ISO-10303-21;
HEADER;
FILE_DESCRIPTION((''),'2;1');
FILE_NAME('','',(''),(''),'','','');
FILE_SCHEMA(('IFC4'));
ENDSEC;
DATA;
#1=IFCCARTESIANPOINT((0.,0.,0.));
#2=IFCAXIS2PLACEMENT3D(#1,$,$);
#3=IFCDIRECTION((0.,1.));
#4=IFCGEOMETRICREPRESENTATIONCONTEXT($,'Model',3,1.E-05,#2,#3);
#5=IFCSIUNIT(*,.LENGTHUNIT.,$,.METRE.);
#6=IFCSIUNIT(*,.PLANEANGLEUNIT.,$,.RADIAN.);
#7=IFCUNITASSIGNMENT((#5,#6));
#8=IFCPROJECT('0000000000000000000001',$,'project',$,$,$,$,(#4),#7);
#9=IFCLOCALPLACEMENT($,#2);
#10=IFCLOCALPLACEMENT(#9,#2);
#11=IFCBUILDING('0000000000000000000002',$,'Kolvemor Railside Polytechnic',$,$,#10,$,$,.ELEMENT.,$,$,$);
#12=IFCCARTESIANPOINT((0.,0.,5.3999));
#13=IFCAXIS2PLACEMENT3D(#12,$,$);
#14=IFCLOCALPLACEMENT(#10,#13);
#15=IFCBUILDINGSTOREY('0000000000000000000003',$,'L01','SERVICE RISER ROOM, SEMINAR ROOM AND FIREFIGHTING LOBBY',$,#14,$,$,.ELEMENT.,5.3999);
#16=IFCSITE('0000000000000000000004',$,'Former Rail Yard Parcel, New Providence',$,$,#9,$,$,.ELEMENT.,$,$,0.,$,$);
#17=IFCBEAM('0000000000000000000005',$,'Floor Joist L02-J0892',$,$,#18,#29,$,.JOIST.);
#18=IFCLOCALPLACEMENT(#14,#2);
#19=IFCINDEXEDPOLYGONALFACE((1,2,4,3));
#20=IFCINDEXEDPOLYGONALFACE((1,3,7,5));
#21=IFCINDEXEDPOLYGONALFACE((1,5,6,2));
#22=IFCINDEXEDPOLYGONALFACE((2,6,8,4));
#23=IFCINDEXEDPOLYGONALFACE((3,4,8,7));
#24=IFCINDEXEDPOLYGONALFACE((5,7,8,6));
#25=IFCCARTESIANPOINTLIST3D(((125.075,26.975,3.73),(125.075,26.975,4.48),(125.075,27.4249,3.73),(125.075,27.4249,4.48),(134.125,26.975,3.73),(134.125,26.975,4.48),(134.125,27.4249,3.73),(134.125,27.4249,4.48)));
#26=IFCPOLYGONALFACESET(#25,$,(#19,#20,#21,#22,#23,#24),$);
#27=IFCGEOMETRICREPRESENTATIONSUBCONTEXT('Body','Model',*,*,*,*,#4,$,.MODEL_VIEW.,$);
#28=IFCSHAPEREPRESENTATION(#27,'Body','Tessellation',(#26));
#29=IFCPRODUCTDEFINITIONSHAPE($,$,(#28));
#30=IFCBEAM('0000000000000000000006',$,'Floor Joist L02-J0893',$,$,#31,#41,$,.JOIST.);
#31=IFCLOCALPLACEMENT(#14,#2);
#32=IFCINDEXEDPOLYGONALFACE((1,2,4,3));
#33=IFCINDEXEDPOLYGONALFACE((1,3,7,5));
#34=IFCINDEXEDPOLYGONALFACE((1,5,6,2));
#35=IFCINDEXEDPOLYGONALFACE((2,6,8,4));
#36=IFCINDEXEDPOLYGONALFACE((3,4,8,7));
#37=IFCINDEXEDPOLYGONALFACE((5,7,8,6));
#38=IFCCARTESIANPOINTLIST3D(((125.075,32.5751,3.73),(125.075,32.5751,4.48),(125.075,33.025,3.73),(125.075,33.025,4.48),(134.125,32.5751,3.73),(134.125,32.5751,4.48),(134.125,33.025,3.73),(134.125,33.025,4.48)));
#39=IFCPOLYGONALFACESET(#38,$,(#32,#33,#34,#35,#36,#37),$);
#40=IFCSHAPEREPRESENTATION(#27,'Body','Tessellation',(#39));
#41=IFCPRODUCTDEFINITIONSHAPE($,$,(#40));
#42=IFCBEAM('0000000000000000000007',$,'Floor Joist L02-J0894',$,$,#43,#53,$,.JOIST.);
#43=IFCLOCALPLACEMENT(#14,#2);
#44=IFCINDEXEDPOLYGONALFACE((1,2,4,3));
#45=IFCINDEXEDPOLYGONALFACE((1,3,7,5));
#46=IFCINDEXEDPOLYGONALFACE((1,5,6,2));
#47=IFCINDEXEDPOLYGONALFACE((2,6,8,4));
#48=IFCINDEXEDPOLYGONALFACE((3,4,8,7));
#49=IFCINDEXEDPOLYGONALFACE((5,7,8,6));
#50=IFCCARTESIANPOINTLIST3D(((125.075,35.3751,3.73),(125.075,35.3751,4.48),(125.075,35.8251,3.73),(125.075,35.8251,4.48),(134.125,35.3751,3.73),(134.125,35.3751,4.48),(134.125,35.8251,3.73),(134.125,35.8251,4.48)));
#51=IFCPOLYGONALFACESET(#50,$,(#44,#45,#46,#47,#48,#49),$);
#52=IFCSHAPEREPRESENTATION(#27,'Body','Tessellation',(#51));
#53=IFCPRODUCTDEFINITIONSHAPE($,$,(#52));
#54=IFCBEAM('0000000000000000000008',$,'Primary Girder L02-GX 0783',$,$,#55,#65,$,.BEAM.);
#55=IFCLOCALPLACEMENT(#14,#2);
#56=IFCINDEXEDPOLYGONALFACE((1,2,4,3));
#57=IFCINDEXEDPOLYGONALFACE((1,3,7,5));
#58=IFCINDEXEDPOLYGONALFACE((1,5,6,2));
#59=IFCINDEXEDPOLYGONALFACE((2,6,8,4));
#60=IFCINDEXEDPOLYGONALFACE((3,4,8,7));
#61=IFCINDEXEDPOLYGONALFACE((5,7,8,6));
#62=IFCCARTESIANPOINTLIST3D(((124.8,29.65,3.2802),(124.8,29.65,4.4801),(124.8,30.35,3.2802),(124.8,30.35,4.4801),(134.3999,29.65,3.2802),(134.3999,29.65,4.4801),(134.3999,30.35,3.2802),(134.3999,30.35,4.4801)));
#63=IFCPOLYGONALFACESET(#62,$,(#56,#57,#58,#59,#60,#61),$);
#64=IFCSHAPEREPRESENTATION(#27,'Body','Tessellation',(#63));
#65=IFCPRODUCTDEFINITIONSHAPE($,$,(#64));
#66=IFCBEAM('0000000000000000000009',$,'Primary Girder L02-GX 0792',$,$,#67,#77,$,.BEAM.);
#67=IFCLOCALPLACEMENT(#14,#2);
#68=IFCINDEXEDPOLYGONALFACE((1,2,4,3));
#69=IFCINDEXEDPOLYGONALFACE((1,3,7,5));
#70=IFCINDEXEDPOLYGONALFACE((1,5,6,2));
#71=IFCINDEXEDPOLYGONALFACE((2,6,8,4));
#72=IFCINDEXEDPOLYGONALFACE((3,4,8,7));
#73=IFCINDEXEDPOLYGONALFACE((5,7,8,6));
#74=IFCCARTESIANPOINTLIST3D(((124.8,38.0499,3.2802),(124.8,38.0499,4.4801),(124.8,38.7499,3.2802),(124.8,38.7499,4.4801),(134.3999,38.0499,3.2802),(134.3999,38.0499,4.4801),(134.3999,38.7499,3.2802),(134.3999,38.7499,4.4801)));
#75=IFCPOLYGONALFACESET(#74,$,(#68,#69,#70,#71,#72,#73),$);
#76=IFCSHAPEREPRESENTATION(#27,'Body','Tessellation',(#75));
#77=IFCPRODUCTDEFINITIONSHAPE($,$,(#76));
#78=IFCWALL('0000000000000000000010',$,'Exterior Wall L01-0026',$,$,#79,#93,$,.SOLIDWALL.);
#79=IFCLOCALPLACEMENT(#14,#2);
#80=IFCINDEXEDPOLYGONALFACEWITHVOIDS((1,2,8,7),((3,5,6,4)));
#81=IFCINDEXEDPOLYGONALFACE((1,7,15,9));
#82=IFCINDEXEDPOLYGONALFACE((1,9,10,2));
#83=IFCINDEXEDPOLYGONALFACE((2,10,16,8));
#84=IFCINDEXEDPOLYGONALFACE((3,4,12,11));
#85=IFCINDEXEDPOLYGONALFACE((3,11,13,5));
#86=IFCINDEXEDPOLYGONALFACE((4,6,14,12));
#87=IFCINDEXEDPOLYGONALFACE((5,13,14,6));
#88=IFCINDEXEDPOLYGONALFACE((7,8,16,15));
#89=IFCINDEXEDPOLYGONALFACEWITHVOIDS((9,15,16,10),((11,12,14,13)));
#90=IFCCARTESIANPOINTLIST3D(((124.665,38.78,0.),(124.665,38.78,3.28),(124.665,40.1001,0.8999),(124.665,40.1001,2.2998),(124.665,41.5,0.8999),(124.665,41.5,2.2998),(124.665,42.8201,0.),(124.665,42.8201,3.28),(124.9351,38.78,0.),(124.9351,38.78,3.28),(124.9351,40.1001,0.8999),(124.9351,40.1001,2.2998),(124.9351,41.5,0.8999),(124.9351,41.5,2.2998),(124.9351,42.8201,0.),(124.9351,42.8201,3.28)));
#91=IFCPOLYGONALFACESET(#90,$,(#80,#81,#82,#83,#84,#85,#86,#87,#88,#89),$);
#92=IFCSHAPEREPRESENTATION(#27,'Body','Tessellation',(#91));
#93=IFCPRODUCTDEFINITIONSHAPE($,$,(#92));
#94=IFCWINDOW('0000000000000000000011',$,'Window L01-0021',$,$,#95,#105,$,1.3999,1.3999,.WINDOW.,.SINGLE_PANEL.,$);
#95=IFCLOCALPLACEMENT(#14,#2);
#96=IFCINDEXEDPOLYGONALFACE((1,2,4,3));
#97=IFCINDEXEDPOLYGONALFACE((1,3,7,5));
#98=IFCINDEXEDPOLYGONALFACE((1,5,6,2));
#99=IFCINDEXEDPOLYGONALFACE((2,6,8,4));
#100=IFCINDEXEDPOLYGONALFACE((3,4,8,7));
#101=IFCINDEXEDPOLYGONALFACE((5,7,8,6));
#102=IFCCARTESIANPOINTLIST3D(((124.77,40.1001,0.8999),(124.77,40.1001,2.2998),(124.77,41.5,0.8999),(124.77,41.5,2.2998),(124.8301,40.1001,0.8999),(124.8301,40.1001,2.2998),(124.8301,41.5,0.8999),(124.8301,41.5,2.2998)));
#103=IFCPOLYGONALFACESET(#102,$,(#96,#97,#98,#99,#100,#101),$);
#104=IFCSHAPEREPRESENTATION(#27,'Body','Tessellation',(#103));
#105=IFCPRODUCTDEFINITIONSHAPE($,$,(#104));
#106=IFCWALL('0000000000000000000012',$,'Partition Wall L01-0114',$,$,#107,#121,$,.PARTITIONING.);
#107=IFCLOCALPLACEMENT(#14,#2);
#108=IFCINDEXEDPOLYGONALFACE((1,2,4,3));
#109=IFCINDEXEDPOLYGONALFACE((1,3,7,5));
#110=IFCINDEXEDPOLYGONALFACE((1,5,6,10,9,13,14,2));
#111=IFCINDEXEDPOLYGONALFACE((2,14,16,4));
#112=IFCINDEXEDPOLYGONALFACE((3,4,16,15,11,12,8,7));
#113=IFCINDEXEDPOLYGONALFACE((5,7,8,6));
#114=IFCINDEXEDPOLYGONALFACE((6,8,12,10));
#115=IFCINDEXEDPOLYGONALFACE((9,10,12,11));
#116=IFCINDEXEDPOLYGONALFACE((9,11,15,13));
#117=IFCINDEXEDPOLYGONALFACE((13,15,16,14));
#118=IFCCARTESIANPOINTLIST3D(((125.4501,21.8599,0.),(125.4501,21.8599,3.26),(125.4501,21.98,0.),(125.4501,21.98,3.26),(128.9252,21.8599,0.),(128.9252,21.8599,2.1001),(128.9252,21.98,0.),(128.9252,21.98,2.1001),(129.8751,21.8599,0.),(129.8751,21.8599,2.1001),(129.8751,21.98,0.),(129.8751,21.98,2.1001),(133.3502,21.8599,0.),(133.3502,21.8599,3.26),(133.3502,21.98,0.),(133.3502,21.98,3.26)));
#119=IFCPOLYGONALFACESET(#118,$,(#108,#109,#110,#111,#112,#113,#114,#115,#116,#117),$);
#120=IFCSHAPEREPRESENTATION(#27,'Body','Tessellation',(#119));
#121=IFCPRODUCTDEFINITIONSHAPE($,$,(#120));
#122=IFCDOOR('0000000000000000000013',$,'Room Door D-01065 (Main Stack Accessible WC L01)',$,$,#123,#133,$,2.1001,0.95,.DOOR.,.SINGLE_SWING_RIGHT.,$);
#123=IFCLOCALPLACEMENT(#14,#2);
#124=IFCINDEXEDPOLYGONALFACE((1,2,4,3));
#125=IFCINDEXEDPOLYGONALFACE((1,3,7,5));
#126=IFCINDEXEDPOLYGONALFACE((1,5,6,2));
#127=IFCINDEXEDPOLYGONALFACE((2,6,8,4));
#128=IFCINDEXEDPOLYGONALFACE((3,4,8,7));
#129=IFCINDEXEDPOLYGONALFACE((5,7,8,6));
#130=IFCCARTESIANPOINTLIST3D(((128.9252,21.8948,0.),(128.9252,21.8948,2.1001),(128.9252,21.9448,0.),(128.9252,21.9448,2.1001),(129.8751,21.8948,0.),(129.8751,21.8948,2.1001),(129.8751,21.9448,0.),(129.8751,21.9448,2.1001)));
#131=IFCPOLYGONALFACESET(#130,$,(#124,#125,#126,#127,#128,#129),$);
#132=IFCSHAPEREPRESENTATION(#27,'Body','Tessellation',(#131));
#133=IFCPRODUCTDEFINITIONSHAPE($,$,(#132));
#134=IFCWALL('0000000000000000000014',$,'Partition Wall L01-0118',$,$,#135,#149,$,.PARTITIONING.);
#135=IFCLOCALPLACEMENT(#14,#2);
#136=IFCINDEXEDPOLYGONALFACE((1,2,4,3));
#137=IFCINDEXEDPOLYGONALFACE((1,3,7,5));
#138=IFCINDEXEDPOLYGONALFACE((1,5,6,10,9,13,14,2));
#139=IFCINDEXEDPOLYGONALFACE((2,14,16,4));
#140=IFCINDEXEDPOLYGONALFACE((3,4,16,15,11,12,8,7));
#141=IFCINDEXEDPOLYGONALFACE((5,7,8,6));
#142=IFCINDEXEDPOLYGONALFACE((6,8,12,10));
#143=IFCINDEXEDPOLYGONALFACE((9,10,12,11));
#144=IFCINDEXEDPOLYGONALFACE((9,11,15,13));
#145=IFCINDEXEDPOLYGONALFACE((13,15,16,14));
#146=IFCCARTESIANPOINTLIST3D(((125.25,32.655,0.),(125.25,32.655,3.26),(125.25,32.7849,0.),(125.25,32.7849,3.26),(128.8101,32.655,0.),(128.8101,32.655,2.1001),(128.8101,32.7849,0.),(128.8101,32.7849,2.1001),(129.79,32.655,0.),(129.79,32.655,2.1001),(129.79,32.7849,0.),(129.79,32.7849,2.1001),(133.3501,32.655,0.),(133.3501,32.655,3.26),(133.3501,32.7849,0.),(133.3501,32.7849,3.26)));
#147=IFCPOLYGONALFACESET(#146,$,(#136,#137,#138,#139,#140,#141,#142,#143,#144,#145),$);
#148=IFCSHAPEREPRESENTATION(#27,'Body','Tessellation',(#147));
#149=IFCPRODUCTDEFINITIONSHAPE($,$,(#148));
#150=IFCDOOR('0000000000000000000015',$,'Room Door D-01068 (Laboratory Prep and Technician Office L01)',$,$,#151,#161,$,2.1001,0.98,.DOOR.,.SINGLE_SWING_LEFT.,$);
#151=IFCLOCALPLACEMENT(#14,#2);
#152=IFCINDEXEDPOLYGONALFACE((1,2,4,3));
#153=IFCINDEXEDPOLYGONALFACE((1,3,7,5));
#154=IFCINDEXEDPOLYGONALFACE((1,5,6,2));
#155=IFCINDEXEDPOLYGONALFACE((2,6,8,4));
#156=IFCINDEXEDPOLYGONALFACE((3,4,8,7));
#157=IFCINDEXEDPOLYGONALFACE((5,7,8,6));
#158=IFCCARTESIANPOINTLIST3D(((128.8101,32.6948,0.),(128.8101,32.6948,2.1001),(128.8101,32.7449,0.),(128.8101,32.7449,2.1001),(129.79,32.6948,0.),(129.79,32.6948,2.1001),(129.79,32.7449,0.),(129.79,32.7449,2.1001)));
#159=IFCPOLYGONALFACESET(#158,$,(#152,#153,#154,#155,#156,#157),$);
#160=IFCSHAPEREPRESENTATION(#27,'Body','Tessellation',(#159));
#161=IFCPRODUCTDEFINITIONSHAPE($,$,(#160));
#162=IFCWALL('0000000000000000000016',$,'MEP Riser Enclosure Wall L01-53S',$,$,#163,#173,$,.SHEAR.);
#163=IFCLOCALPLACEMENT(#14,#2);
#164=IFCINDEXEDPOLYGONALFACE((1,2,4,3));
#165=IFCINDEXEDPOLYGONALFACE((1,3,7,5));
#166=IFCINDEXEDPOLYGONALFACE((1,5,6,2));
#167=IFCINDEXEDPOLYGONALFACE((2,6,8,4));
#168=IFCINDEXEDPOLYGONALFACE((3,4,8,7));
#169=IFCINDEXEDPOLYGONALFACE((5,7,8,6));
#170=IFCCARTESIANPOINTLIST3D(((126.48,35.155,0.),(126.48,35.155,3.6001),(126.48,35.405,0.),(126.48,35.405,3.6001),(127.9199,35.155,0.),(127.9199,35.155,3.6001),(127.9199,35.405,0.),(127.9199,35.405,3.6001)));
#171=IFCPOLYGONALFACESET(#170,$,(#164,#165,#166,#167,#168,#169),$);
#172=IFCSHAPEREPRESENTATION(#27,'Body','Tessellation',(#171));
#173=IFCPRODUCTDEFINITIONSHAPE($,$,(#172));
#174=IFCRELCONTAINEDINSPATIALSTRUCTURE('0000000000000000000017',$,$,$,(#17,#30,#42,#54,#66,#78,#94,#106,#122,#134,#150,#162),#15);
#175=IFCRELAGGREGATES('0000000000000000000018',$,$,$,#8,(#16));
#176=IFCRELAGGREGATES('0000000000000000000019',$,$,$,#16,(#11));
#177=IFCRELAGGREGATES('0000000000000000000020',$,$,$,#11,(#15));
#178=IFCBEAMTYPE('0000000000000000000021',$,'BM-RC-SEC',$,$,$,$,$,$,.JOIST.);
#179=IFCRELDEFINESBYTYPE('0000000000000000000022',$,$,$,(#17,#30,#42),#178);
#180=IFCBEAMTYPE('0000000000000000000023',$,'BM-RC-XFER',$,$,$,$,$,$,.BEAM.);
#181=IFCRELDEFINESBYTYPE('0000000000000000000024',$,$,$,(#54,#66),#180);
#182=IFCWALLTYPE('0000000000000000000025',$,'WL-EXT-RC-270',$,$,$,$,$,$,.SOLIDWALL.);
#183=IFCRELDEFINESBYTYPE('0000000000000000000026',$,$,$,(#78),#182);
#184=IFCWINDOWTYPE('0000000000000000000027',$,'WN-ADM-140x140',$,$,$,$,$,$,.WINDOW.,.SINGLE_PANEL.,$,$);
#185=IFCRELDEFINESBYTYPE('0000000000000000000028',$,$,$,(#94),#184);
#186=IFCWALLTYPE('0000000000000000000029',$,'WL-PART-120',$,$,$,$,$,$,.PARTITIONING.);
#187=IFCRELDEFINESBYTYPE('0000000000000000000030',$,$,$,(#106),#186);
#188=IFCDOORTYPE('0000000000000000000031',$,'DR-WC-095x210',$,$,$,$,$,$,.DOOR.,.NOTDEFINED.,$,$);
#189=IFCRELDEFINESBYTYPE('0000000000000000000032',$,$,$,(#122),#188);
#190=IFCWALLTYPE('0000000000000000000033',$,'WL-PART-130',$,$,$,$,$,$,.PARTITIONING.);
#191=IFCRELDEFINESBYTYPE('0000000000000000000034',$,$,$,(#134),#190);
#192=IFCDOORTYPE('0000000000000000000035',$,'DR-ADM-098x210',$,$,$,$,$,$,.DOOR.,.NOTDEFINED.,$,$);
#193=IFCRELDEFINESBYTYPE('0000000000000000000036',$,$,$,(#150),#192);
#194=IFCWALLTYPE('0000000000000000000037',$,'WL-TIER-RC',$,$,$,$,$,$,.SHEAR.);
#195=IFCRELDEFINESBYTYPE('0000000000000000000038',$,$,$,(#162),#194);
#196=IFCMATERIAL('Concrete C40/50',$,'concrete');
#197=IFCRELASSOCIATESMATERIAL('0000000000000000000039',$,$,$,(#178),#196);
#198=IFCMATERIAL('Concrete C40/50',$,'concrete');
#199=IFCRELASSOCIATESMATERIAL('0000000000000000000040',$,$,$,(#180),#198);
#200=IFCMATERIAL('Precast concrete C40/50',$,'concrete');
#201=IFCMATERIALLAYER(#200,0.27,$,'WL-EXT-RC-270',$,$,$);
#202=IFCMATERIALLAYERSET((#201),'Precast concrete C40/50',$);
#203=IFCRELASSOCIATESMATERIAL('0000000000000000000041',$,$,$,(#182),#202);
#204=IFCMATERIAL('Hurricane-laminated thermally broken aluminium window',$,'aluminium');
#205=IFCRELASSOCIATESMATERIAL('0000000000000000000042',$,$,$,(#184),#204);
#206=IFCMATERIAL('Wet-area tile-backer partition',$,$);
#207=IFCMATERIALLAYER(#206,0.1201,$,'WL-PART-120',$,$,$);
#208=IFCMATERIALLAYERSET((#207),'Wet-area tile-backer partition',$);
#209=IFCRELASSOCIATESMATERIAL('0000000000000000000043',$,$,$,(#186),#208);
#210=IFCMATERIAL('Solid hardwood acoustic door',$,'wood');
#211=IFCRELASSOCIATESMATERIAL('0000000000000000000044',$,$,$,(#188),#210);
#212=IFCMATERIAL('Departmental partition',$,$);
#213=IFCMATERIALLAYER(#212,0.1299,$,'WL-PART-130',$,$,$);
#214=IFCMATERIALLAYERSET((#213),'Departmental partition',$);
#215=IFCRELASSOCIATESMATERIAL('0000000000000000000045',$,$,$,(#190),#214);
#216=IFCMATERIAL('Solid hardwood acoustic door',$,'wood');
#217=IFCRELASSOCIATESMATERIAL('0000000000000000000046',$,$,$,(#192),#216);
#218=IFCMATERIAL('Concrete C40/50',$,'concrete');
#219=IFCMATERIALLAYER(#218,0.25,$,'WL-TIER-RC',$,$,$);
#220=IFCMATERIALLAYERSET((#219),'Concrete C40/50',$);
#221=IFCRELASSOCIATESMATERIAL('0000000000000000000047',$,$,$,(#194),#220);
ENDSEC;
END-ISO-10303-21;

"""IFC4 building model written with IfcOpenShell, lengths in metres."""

from ifc_helpers import new_model, si_unit, direction, frame, frame_2d, origin, origin_2d, place, context, subcontext, project, spatial, rectangle, extrude, material, layer, layer_set, material_profile, profile_set, type_object, element, fill, save


model = new_model("IFC4")

# Units and contexts
model_context = context("Model", 3, precision=1e-05, world=origin(), true_north=direction((0.0, 1.0)))
body_context = subcontext(model_context, "Body", "Model", "MODEL_VIEW")
ifc_project = project(units=[si_unit("LENGTHUNIT", "METRE"), si_unit("PLANEANGLEUNIT", "RADIAN")], contexts=[model_context])

# Site, building, storey
site_placement = place(None, origin())
site = spatial("IfcSite", under=ifc_project, at=site_placement, Name="Former Rail Yard Parcel, New Providence", CompositionType="ELEMENT", RefElevation=0.0)
building_placement = place(site_placement, origin())
building = spatial("IfcBuilding", under=site, at=building_placement, Name="Kolvemor Railside Polytechnic", CompositionType="ELEMENT")
storey_placement = place(building_placement, frame((0.0, 0.0, 5.3999)))
storey = spatial("IfcBuildingStorey", under=building, at=storey_placement, Name="L01", Description="SERVICE RISER ROOM, SEMINAR ROOM AND FIREFIGHTING LOBBY", CompositionType="ELEMENT", Elevation=5.3999)

# Beams
ifc_material_1 = material(Name="Concrete C40/50", Category="concrete")
ifc_material_profile_1 = material_profile(ifc_material_1, rectangle(XDim=0.45, YDim=0.75, at=origin_2d()), Name="RC450x750")
ifc_profile_set_1 = profile_set([ifc_material_profile_1], Name="Concrete C40/50")
beam_type_1 = type_object("IfcBeamType", Name="BM-RC-SEC", PredefinedType="JOIST", material=ifc_profile_set_1)
for number, where, z_axis, x_axis, name in (
    (1, (125.075, 27.2, 4.105), (1.0, 0.0, 0.0), (0.0, 1.0, 0.0), "Floor Joist L02-J0892"),
    (2, (125.075, 32.8, 4.105), (1.0, 0.0, 0.0), (0.0, 1.0, 0.0), "Floor Joist L02-J0893"),
    (3, (125.075, 35.6001, 4.105), (1.0, 0.0, 0.0), (0.0, 1.0, 0.0), "Floor Joist L02-J0894"),
):
    element("IfcBeam", number, at=place(storey_placement, frame(where, z_axis=z_axis, x_axis=x_axis)), inside=storey, type_object=beam_type_1, Name=name, PredefinedType="JOIST", context=body_context, shape_type="SweptSolid", body=[
        extrude(rectangle(XDim=0.45, YDim=0.75, at=origin_2d()), origin(), (0.0, 0.0, 1.0), 9.05),
    ])
ifc_material_2 = material(Name="Concrete C40/50", Category="concrete")
ifc_material_profile_2 = material_profile(ifc_material_2, rectangle(XDim=0.7, YDim=1.2, at=origin_2d()), Name="RC700x1200")
ifc_profile_set_2 = profile_set([ifc_material_profile_2], Name="Concrete C40/50")
beam_type_2 = type_object("IfcBeamType", Name="BM-RC-XFER", PredefinedType="BEAM", material=ifc_profile_set_2)
for number, where, z_axis, x_axis, name in (
    (4, (124.8, 30.0, 3.8801), (1.0, 0.0, 0.0), (0.0, 1.0, 0.0), "Primary Girder L02-GX 0783"),
    (5, (124.8, 38.3999, 3.8801), (1.0, 0.0, 0.0), (0.0, 1.0, 0.0), "Primary Girder L02-GX 0792"),
):
    element("IfcBeam", number, at=place(storey_placement, frame(where, z_axis=z_axis, x_axis=x_axis)), inside=storey, type_object=beam_type_2, Name=name, PredefinedType="BEAM", context=body_context, shape_type="SweptSolid", body=[
        extrude(rectangle(XDim=0.7, YDim=1.2, at=origin_2d()), origin(), (0.0, 0.0, 1.0), 9.5999),
    ])

# Wall, opening, window
ifc_material_3 = material(Name="Precast concrete C40/50", Category="concrete")
ifc_layer_1 = layer(ifc_material_3, 0.27, Name="WL-EXT-RC-270")
ifc_layer_set_1 = layer_set([ifc_layer_1], Name="Precast concrete C40/50")
wall_type_1 = type_object("IfcWallType", Name="WL-EXT-RC-270", PredefinedType="SOLIDWALL", material=ifc_layer_set_1)
wall_1_placement = place(storey_placement, frame((124.8, 38.78, 0.0), z_axis=(0.0, 0.0, 1.0), x_axis=(0.0, 1.0, 0.0)))
wall_1 = element("IfcWall", 6, at=wall_1_placement, inside=storey, type_object=wall_type_1, Name="Exterior Wall L01-0026", PredefinedType="SOLIDWALL", context=body_context, shape_type="SweptSolid", body=[
    extrude(rectangle(XDim=4.04, YDim=0.27, at=frame_2d((2.02, 0.0))), origin(), (0.0, 0.0, 1.0), 3.28),
])
opening_1_placement = place(wall_1_placement, frame((1.3201, 0.0, 0.8999)))
opening_1 = element("IfcOpeningElement", 7, at=opening_1_placement, cuts=wall_1, PredefinedType="OPENING", context=body_context, shape_type="SweptSolid", body=[
    extrude(rectangle(XDim=1.3999, YDim=1.3999, at=frame_2d((0.7, 0.7))), frame((0.0, 0.145, 0.0), z_axis=(0.0, -1.0, 0.0), x_axis=(1.0, 0.0, 0.0)), (0.0, 0.0, 1.0), 0.29),
])
ifc_material_4 = material(Name="Hurricane-laminated thermally broken aluminium window", Category="aluminium")
window_type = type_object("IfcWindowType", Name="WN-ADM-140x140", PartitioningType="SINGLE_PANEL", PredefinedType="WINDOW", material=ifc_material_4)
window_placement = place(opening_1_placement, origin())
window = element("IfcWindow", 8, at=window_placement, inside=storey, type_object=window_type, Name="Window L01-0021", OverallHeight=1.3999, OverallWidth=1.3999, PartitioningType="SINGLE_PANEL", PredefinedType="WINDOW", context=body_context, shape_type="SweptSolid", body=[
    extrude(rectangle(XDim=1.3999, YDim=1.3999, at=frame_2d((0.7, 0.7))), frame((0.0, 0.03, 0.0), z_axis=(0.0, -1.0, 0.0), x_axis=(1.0, 0.0, 0.0)), (0.0, 0.0, 1.0), 0.0601),
])
fill(opening_1, window)

# Walls, openings, doors
ifc_material_5 = material(Name="Wet-area tile-backer partition")
ifc_layer_2 = layer(ifc_material_5, 0.1201, Name="WL-PART-120")
ifc_layer_set_2 = layer_set([ifc_layer_2], Name="Wet-area tile-backer partition")
wall_type_2 = type_object("IfcWallType", Name="WL-PART-120", PredefinedType="PARTITIONING", material=ifc_layer_set_2)
wall_2_placement = place(storey_placement, frame((125.45, 21.9199, 0.0), z_axis=(0.0, 0.0, 1.0), x_axis=(1.0, 0.0, 0.0)))
wall_2 = element("IfcWall", 9, at=wall_2_placement, inside=storey, type_object=wall_type_2, Name="Partition Wall L01-0114", PredefinedType="PARTITIONING", context=body_context, shape_type="SweptSolid", body=[
    extrude(rectangle(XDim=7.9001, YDim=0.1201, at=frame_2d((3.9502, 0.0))), origin(), (0.0, 0.0, 1.0), 3.26),
])
opening_2_placement = place(wall_2_placement, frame((3.4751, 0.0, 0.0)))
opening_2 = element("IfcOpeningElement", 10, at=opening_2_placement, cuts=wall_2, PredefinedType="OPENING", context=body_context, shape_type="SweptSolid", body=[
    extrude(rectangle(XDim=0.95, YDim=2.1001, at=frame_2d((0.4751, 1.05))), frame((0.0, 0.0701, 0.0), z_axis=(0.0, -1.0, 0.0), x_axis=(1.0, 0.0, 0.0)), (0.0, 0.0, 1.0), 0.1401),
])
ifc_material_6 = material(Name="Solid hardwood acoustic door", Category="wood")
door_type_1 = type_object("IfcDoorType", Name="DR-WC-095x210", OperationType="NOTDEFINED", PredefinedType="DOOR", material=ifc_material_6)
door_1_placement = place(opening_2_placement, origin())
door_1 = element("IfcDoor", 11, at=door_1_placement, inside=storey, type_object=door_type_1, Name="Room Door D-01065 (Main Stack Accessible WC L01)", OperationType="SINGLE_SWING_RIGHT", OverallHeight=2.1001, OverallWidth=0.95, PredefinedType="DOOR", context=body_context, shape_type="SweptSolid", body=[
    extrude(rectangle(XDim=0.95, YDim=2.1001, at=frame_2d((0.4751, 1.05))), frame((0.0, 0.0249, 0.0), z_axis=(0.0, -1.0, 0.0), x_axis=(1.0, 0.0, 0.0)), (0.0, 0.0, 1.0), 0.05),
])
fill(opening_2, door_1)
ifc_material_7 = material(Name="Departmental partition")
ifc_layer_3 = layer(ifc_material_7, 0.1299, Name="WL-PART-130")
ifc_layer_set_3 = layer_set([ifc_layer_3], Name="Departmental partition")
wall_type_3 = type_object("IfcWallType", Name="WL-PART-130", PredefinedType="PARTITIONING", material=ifc_layer_set_3)
wall_3_placement = place(storey_placement, frame((125.25, 32.72, 0.0), z_axis=(0.0, 0.0, 1.0), x_axis=(1.0, 0.0, 0.0)))
wall_3 = element("IfcWall", 12, at=wall_3_placement, inside=storey, type_object=wall_type_3, Name="Partition Wall L01-0118", PredefinedType="PARTITIONING", context=body_context, shape_type="SweptSolid", body=[
    extrude(rectangle(XDim=8.1001, YDim=0.1299, at=frame_2d((4.05, 0.0))), origin(), (0.0, 0.0, 1.0), 3.26),
])
opening_3_placement = place(wall_3_placement, frame((3.5601, 0.0, 0.0)))
opening_3 = element("IfcOpeningElement", 13, at=opening_3_placement, cuts=wall_3, PredefinedType="OPENING", context=body_context, shape_type="SweptSolid", body=[
    extrude(rectangle(XDim=0.98, YDim=2.1001, at=frame_2d((0.49, 1.05))), frame((0.0, 0.075, 0.0), z_axis=(0.0, -1.0, 0.0), x_axis=(1.0, 0.0, 0.0)), (0.0, 0.0, 1.0), 0.1499),
])
ifc_material_8 = material(Name="Solid hardwood acoustic door", Category="wood")
door_type_2 = type_object("IfcDoorType", Name="DR-ADM-098x210", OperationType="NOTDEFINED", PredefinedType="DOOR", material=ifc_material_8)
door_2_placement = place(opening_3_placement, origin())
door_2 = element("IfcDoor", 14, at=door_2_placement, inside=storey, type_object=door_type_2, Name="Room Door D-01068 (Laboratory Prep and Technician Office L01)", OperationType="SINGLE_SWING_LEFT", OverallHeight=2.1001, OverallWidth=0.98, PredefinedType="DOOR", context=body_context, shape_type="SweptSolid", body=[
    extrude(rectangle(XDim=0.98, YDim=2.1001, at=frame_2d((0.49, 1.05))), frame((0.0, 0.0249, 0.0), z_axis=(0.0, -1.0, 0.0), x_axis=(1.0, 0.0, 0.0)), (0.0, 0.0, 1.0), 0.05),
])
fill(opening_3, door_2)

# Wall
ifc_material_9 = material(Name="Concrete C40/50", Category="concrete")
ifc_layer_4 = layer(ifc_material_9, 0.25, Name="WL-TIER-RC")
ifc_layer_set_4 = layer_set([ifc_layer_4], Name="Concrete C40/50")
wall_type_4 = type_object("IfcWallType", Name="WL-TIER-RC", PredefinedType="SHEAR", material=ifc_layer_set_4)
for number, where, z_axis, x_axis, name in (
    (15, (126.48, 35.28, 0.0), (0.0, 0.0, 1.0), (1.0, 0.0, 0.0), "MEP Riser Enclosure Wall L01-53S"),
):
    element("IfcWall", number, at=place(storey_placement, frame(where, z_axis=z_axis, x_axis=x_axis)), inside=storey, type_object=wall_type_4, Name=name, PredefinedType="SHEAR", context=body_context, shape_type="SweptSolid", body=[
        extrude(rectangle(XDim=1.4399, YDim=0.25, at=frame_2d((0.72, 0.0))), origin(), (0.0, 0.0, 1.0), 3.6001),
    ])

save(model, "model.ifc")
